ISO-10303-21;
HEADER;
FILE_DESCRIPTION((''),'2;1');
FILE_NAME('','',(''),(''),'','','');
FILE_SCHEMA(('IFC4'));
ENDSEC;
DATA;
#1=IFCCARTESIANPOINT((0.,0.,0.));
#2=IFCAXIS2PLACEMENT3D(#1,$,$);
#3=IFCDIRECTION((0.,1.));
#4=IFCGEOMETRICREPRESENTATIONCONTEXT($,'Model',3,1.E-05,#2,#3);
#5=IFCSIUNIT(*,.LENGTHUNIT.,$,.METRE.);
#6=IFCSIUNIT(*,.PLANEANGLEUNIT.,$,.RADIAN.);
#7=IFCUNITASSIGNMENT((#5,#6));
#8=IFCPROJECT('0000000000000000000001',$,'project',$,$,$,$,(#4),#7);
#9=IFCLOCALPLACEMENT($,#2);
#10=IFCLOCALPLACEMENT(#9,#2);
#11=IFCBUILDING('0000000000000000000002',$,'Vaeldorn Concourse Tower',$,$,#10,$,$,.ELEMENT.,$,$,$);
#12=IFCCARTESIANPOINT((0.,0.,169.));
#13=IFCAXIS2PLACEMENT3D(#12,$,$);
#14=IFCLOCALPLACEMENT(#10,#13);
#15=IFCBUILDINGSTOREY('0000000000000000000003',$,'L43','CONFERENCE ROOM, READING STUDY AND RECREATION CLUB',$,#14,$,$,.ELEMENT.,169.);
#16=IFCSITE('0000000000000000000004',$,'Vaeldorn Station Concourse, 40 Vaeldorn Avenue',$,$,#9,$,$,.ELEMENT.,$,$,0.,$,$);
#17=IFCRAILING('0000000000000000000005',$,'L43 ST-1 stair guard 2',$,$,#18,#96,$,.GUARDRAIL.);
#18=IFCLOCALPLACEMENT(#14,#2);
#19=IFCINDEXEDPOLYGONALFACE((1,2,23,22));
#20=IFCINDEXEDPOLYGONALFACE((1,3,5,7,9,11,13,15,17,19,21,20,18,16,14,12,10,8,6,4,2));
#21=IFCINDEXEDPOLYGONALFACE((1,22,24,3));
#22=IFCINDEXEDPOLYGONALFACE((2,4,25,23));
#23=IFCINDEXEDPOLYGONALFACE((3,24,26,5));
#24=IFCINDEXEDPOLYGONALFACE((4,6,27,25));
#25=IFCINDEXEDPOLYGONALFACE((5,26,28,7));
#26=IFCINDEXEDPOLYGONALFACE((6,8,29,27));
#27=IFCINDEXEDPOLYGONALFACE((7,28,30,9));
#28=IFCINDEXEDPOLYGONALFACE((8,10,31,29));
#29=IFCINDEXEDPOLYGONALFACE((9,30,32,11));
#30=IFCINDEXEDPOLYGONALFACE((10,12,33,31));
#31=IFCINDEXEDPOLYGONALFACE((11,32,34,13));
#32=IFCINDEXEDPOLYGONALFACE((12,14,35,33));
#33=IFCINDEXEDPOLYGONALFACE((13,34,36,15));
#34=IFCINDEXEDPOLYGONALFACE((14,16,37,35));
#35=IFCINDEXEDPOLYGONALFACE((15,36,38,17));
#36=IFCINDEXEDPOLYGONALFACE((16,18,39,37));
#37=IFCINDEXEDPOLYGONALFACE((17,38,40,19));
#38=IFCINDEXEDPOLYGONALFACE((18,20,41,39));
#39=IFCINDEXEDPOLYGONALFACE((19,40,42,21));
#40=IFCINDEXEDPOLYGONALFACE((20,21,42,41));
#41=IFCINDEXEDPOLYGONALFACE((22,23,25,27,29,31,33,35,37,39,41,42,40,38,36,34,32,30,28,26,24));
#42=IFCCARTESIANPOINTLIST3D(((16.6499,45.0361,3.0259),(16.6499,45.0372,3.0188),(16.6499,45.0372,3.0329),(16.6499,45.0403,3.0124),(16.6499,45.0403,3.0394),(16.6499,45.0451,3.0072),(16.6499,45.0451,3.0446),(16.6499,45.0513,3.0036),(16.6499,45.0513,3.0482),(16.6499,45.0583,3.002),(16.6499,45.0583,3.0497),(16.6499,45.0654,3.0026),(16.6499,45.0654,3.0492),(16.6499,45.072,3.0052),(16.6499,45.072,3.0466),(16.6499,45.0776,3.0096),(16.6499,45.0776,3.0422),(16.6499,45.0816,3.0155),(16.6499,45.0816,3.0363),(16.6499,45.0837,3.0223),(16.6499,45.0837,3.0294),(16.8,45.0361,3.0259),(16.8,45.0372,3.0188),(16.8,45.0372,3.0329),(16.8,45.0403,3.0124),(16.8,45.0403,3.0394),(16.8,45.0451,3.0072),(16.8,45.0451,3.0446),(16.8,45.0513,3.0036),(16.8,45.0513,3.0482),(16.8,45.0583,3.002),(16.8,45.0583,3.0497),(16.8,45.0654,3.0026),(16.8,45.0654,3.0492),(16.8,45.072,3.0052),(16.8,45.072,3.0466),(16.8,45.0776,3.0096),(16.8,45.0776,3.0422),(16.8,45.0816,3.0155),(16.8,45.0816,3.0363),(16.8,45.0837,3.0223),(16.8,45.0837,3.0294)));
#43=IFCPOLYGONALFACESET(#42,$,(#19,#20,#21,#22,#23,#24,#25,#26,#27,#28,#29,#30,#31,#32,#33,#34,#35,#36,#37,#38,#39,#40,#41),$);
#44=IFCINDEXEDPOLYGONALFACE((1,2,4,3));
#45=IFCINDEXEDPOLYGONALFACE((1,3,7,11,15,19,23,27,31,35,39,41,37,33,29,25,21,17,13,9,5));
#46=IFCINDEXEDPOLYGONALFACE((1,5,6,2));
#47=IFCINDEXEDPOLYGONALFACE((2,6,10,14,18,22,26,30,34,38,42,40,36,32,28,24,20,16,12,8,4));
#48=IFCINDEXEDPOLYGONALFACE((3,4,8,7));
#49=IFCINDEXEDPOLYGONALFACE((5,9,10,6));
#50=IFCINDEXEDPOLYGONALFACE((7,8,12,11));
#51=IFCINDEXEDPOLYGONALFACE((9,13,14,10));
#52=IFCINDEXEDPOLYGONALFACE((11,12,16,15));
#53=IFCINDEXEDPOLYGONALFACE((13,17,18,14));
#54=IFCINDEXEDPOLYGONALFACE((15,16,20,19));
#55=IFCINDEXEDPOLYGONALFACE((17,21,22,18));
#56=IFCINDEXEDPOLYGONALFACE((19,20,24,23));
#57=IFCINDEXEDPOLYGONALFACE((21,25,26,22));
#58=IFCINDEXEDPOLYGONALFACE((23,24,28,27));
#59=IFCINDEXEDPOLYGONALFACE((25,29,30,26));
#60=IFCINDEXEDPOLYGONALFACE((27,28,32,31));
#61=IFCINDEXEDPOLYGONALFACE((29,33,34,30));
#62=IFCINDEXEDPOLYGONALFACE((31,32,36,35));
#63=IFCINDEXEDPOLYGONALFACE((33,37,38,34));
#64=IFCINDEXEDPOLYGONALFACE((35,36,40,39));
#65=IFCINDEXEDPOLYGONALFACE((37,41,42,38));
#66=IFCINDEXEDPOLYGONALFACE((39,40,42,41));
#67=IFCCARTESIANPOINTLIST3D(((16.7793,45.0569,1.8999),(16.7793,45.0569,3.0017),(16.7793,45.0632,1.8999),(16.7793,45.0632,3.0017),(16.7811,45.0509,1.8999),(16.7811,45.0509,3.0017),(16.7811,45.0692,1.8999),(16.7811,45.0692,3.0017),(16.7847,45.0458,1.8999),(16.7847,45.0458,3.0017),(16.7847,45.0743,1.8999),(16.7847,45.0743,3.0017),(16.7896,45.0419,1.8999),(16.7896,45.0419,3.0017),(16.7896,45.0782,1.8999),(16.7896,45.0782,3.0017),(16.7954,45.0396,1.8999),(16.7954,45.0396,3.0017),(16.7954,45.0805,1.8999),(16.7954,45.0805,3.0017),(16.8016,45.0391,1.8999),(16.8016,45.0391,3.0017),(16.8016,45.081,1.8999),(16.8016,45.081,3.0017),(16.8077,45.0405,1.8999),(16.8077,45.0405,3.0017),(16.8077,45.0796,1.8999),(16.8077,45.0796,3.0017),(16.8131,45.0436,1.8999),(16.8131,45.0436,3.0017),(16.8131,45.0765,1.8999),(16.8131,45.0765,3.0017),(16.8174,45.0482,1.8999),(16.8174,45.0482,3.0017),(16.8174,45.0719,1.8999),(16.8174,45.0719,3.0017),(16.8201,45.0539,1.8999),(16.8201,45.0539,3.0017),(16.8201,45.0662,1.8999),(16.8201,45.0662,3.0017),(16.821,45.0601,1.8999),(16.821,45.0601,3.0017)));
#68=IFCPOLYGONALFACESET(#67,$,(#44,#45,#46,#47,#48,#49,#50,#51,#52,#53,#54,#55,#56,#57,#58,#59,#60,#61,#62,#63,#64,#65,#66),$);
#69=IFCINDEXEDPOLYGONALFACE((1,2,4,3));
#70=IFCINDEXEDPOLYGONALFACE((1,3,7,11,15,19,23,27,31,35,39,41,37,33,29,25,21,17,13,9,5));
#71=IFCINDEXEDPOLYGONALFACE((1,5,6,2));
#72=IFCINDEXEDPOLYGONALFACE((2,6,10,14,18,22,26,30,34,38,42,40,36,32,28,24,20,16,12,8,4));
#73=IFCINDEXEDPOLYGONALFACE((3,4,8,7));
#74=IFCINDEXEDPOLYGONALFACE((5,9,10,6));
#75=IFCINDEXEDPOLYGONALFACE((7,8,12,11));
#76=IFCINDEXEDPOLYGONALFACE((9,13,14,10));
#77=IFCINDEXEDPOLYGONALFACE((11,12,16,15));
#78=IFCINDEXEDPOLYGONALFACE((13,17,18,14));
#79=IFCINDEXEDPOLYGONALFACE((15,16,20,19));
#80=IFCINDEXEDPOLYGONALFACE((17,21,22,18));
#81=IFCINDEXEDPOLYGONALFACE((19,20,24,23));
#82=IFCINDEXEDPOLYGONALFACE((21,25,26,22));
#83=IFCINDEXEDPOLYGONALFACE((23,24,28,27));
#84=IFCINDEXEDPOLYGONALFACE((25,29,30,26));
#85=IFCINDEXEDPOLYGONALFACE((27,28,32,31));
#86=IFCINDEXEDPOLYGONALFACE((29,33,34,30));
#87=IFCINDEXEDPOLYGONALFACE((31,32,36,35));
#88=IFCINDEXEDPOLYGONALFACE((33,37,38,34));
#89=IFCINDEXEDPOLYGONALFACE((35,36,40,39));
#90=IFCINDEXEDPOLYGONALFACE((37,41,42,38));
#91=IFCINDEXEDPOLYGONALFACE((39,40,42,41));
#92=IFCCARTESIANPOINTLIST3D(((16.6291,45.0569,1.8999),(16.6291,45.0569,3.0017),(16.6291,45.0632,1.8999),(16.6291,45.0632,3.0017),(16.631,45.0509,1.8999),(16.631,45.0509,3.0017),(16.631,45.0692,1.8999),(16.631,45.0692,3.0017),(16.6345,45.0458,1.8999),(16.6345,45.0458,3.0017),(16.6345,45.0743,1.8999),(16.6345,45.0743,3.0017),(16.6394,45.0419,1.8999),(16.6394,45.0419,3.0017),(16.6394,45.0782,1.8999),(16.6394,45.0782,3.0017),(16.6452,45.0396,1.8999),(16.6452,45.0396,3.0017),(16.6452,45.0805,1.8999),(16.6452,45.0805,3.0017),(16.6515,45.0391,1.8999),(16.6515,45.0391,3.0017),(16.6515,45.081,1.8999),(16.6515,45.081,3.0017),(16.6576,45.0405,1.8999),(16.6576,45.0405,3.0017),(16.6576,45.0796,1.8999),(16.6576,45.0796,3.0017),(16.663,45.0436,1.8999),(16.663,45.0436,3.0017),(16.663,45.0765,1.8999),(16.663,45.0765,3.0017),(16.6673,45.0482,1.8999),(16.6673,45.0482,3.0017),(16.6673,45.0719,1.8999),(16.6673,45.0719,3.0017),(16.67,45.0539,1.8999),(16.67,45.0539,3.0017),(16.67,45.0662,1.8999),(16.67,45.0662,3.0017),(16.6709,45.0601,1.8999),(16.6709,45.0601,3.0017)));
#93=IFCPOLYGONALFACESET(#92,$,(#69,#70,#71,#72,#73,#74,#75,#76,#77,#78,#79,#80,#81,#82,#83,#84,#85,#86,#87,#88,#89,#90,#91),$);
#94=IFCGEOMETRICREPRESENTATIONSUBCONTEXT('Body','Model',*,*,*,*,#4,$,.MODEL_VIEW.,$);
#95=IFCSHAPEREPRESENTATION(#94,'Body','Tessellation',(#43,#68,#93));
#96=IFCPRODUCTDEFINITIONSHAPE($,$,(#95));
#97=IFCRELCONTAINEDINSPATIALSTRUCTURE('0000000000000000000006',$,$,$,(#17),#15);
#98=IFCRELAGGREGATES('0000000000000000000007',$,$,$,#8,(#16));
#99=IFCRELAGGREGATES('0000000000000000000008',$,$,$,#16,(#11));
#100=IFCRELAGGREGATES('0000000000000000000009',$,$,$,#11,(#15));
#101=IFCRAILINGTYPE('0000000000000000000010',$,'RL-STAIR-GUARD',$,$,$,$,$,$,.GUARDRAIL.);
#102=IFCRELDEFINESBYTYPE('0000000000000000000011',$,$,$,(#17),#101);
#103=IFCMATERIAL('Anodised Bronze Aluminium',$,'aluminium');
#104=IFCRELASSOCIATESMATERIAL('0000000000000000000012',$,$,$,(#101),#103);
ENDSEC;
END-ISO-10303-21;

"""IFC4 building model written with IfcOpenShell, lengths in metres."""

from ifc_helpers import new_model, si_unit, direction, frame, origin, origin_2d, place, context, subcontext, project, spatial, circle, extrude, material, type_object, element, save


model = new_model("IFC4")

# Units and contexts
model_context = context("Model", 3, precision=1e-05, world=origin(), true_north=direction((0.0, 1.0)))
body_context = subcontext(model_context, "Body", "Model", "MODEL_VIEW")
ifc_project = project(units=[si_unit("LENGTHUNIT", "METRE"), si_unit("PLANEANGLEUNIT", "RADIAN")], contexts=[model_context])

# Site, building, storey
site_placement = place(None, origin())
site = spatial("IfcSite", under=ifc_project, at=site_placement, Name="Vaeldorn Station Concourse, 40 Vaeldorn Avenue", CompositionType="ELEMENT", RefElevation=0.0)
building_placement = place(site_placement, origin())
building = spatial("IfcBuilding", under=site, at=building_placement, Name="Vaeldorn Concourse Tower", CompositionType="ELEMENT")
storey_placement = place(building_placement, frame((0.0, 0.0, 169.0)))
storey = spatial("IfcBuildingStorey", under=building, at=storey_placement, Name="L43", Description="CONFERENCE ROOM, READING STUDY AND RECREATION CLUB", CompositionType="ELEMENT", Elevation=169.0)

# Railing
ifc_material_1 = material(Name="Anodised Bronze Aluminium", Category="aluminium")
railing_type_1 = type_object("IfcRailingType", Name="RL-STAIR-GUARD", PredefinedType="GUARDRAIL", material=ifc_material_1)
railing_1_placement = place(storey_placement, frame((16.8, 45.0601, 1.8999)))
element("IfcRailing", 1, at=railing_1_placement, inside=storey, type_object=railing_type_1, Name="L43 ST-1 stair guard 2", PredefinedType="GUARDRAIL", context=body_context, shape_type="SweptSolid", body=[
    extrude(circle(Radius=0.0239, at=origin_2d()), frame((0.0, 0.0, 1.126), z_axis=(-1.0, 0.0, 0.0), x_axis=(0.0, -1.0, 0.0)), (0.0, 0.0, 1.0), 0.1501),
    extrude(circle(Radius=0.021, at=origin_2d()), origin(), (0.0, 0.0, 1.0), 1.1018),
    extrude(circle(Radius=0.021, at=origin_2d()), frame((-0.1501, 0.0, 0.0)), (0.0, 0.0, 1.0), 1.1018),
])

save(model, "model.ifc")
